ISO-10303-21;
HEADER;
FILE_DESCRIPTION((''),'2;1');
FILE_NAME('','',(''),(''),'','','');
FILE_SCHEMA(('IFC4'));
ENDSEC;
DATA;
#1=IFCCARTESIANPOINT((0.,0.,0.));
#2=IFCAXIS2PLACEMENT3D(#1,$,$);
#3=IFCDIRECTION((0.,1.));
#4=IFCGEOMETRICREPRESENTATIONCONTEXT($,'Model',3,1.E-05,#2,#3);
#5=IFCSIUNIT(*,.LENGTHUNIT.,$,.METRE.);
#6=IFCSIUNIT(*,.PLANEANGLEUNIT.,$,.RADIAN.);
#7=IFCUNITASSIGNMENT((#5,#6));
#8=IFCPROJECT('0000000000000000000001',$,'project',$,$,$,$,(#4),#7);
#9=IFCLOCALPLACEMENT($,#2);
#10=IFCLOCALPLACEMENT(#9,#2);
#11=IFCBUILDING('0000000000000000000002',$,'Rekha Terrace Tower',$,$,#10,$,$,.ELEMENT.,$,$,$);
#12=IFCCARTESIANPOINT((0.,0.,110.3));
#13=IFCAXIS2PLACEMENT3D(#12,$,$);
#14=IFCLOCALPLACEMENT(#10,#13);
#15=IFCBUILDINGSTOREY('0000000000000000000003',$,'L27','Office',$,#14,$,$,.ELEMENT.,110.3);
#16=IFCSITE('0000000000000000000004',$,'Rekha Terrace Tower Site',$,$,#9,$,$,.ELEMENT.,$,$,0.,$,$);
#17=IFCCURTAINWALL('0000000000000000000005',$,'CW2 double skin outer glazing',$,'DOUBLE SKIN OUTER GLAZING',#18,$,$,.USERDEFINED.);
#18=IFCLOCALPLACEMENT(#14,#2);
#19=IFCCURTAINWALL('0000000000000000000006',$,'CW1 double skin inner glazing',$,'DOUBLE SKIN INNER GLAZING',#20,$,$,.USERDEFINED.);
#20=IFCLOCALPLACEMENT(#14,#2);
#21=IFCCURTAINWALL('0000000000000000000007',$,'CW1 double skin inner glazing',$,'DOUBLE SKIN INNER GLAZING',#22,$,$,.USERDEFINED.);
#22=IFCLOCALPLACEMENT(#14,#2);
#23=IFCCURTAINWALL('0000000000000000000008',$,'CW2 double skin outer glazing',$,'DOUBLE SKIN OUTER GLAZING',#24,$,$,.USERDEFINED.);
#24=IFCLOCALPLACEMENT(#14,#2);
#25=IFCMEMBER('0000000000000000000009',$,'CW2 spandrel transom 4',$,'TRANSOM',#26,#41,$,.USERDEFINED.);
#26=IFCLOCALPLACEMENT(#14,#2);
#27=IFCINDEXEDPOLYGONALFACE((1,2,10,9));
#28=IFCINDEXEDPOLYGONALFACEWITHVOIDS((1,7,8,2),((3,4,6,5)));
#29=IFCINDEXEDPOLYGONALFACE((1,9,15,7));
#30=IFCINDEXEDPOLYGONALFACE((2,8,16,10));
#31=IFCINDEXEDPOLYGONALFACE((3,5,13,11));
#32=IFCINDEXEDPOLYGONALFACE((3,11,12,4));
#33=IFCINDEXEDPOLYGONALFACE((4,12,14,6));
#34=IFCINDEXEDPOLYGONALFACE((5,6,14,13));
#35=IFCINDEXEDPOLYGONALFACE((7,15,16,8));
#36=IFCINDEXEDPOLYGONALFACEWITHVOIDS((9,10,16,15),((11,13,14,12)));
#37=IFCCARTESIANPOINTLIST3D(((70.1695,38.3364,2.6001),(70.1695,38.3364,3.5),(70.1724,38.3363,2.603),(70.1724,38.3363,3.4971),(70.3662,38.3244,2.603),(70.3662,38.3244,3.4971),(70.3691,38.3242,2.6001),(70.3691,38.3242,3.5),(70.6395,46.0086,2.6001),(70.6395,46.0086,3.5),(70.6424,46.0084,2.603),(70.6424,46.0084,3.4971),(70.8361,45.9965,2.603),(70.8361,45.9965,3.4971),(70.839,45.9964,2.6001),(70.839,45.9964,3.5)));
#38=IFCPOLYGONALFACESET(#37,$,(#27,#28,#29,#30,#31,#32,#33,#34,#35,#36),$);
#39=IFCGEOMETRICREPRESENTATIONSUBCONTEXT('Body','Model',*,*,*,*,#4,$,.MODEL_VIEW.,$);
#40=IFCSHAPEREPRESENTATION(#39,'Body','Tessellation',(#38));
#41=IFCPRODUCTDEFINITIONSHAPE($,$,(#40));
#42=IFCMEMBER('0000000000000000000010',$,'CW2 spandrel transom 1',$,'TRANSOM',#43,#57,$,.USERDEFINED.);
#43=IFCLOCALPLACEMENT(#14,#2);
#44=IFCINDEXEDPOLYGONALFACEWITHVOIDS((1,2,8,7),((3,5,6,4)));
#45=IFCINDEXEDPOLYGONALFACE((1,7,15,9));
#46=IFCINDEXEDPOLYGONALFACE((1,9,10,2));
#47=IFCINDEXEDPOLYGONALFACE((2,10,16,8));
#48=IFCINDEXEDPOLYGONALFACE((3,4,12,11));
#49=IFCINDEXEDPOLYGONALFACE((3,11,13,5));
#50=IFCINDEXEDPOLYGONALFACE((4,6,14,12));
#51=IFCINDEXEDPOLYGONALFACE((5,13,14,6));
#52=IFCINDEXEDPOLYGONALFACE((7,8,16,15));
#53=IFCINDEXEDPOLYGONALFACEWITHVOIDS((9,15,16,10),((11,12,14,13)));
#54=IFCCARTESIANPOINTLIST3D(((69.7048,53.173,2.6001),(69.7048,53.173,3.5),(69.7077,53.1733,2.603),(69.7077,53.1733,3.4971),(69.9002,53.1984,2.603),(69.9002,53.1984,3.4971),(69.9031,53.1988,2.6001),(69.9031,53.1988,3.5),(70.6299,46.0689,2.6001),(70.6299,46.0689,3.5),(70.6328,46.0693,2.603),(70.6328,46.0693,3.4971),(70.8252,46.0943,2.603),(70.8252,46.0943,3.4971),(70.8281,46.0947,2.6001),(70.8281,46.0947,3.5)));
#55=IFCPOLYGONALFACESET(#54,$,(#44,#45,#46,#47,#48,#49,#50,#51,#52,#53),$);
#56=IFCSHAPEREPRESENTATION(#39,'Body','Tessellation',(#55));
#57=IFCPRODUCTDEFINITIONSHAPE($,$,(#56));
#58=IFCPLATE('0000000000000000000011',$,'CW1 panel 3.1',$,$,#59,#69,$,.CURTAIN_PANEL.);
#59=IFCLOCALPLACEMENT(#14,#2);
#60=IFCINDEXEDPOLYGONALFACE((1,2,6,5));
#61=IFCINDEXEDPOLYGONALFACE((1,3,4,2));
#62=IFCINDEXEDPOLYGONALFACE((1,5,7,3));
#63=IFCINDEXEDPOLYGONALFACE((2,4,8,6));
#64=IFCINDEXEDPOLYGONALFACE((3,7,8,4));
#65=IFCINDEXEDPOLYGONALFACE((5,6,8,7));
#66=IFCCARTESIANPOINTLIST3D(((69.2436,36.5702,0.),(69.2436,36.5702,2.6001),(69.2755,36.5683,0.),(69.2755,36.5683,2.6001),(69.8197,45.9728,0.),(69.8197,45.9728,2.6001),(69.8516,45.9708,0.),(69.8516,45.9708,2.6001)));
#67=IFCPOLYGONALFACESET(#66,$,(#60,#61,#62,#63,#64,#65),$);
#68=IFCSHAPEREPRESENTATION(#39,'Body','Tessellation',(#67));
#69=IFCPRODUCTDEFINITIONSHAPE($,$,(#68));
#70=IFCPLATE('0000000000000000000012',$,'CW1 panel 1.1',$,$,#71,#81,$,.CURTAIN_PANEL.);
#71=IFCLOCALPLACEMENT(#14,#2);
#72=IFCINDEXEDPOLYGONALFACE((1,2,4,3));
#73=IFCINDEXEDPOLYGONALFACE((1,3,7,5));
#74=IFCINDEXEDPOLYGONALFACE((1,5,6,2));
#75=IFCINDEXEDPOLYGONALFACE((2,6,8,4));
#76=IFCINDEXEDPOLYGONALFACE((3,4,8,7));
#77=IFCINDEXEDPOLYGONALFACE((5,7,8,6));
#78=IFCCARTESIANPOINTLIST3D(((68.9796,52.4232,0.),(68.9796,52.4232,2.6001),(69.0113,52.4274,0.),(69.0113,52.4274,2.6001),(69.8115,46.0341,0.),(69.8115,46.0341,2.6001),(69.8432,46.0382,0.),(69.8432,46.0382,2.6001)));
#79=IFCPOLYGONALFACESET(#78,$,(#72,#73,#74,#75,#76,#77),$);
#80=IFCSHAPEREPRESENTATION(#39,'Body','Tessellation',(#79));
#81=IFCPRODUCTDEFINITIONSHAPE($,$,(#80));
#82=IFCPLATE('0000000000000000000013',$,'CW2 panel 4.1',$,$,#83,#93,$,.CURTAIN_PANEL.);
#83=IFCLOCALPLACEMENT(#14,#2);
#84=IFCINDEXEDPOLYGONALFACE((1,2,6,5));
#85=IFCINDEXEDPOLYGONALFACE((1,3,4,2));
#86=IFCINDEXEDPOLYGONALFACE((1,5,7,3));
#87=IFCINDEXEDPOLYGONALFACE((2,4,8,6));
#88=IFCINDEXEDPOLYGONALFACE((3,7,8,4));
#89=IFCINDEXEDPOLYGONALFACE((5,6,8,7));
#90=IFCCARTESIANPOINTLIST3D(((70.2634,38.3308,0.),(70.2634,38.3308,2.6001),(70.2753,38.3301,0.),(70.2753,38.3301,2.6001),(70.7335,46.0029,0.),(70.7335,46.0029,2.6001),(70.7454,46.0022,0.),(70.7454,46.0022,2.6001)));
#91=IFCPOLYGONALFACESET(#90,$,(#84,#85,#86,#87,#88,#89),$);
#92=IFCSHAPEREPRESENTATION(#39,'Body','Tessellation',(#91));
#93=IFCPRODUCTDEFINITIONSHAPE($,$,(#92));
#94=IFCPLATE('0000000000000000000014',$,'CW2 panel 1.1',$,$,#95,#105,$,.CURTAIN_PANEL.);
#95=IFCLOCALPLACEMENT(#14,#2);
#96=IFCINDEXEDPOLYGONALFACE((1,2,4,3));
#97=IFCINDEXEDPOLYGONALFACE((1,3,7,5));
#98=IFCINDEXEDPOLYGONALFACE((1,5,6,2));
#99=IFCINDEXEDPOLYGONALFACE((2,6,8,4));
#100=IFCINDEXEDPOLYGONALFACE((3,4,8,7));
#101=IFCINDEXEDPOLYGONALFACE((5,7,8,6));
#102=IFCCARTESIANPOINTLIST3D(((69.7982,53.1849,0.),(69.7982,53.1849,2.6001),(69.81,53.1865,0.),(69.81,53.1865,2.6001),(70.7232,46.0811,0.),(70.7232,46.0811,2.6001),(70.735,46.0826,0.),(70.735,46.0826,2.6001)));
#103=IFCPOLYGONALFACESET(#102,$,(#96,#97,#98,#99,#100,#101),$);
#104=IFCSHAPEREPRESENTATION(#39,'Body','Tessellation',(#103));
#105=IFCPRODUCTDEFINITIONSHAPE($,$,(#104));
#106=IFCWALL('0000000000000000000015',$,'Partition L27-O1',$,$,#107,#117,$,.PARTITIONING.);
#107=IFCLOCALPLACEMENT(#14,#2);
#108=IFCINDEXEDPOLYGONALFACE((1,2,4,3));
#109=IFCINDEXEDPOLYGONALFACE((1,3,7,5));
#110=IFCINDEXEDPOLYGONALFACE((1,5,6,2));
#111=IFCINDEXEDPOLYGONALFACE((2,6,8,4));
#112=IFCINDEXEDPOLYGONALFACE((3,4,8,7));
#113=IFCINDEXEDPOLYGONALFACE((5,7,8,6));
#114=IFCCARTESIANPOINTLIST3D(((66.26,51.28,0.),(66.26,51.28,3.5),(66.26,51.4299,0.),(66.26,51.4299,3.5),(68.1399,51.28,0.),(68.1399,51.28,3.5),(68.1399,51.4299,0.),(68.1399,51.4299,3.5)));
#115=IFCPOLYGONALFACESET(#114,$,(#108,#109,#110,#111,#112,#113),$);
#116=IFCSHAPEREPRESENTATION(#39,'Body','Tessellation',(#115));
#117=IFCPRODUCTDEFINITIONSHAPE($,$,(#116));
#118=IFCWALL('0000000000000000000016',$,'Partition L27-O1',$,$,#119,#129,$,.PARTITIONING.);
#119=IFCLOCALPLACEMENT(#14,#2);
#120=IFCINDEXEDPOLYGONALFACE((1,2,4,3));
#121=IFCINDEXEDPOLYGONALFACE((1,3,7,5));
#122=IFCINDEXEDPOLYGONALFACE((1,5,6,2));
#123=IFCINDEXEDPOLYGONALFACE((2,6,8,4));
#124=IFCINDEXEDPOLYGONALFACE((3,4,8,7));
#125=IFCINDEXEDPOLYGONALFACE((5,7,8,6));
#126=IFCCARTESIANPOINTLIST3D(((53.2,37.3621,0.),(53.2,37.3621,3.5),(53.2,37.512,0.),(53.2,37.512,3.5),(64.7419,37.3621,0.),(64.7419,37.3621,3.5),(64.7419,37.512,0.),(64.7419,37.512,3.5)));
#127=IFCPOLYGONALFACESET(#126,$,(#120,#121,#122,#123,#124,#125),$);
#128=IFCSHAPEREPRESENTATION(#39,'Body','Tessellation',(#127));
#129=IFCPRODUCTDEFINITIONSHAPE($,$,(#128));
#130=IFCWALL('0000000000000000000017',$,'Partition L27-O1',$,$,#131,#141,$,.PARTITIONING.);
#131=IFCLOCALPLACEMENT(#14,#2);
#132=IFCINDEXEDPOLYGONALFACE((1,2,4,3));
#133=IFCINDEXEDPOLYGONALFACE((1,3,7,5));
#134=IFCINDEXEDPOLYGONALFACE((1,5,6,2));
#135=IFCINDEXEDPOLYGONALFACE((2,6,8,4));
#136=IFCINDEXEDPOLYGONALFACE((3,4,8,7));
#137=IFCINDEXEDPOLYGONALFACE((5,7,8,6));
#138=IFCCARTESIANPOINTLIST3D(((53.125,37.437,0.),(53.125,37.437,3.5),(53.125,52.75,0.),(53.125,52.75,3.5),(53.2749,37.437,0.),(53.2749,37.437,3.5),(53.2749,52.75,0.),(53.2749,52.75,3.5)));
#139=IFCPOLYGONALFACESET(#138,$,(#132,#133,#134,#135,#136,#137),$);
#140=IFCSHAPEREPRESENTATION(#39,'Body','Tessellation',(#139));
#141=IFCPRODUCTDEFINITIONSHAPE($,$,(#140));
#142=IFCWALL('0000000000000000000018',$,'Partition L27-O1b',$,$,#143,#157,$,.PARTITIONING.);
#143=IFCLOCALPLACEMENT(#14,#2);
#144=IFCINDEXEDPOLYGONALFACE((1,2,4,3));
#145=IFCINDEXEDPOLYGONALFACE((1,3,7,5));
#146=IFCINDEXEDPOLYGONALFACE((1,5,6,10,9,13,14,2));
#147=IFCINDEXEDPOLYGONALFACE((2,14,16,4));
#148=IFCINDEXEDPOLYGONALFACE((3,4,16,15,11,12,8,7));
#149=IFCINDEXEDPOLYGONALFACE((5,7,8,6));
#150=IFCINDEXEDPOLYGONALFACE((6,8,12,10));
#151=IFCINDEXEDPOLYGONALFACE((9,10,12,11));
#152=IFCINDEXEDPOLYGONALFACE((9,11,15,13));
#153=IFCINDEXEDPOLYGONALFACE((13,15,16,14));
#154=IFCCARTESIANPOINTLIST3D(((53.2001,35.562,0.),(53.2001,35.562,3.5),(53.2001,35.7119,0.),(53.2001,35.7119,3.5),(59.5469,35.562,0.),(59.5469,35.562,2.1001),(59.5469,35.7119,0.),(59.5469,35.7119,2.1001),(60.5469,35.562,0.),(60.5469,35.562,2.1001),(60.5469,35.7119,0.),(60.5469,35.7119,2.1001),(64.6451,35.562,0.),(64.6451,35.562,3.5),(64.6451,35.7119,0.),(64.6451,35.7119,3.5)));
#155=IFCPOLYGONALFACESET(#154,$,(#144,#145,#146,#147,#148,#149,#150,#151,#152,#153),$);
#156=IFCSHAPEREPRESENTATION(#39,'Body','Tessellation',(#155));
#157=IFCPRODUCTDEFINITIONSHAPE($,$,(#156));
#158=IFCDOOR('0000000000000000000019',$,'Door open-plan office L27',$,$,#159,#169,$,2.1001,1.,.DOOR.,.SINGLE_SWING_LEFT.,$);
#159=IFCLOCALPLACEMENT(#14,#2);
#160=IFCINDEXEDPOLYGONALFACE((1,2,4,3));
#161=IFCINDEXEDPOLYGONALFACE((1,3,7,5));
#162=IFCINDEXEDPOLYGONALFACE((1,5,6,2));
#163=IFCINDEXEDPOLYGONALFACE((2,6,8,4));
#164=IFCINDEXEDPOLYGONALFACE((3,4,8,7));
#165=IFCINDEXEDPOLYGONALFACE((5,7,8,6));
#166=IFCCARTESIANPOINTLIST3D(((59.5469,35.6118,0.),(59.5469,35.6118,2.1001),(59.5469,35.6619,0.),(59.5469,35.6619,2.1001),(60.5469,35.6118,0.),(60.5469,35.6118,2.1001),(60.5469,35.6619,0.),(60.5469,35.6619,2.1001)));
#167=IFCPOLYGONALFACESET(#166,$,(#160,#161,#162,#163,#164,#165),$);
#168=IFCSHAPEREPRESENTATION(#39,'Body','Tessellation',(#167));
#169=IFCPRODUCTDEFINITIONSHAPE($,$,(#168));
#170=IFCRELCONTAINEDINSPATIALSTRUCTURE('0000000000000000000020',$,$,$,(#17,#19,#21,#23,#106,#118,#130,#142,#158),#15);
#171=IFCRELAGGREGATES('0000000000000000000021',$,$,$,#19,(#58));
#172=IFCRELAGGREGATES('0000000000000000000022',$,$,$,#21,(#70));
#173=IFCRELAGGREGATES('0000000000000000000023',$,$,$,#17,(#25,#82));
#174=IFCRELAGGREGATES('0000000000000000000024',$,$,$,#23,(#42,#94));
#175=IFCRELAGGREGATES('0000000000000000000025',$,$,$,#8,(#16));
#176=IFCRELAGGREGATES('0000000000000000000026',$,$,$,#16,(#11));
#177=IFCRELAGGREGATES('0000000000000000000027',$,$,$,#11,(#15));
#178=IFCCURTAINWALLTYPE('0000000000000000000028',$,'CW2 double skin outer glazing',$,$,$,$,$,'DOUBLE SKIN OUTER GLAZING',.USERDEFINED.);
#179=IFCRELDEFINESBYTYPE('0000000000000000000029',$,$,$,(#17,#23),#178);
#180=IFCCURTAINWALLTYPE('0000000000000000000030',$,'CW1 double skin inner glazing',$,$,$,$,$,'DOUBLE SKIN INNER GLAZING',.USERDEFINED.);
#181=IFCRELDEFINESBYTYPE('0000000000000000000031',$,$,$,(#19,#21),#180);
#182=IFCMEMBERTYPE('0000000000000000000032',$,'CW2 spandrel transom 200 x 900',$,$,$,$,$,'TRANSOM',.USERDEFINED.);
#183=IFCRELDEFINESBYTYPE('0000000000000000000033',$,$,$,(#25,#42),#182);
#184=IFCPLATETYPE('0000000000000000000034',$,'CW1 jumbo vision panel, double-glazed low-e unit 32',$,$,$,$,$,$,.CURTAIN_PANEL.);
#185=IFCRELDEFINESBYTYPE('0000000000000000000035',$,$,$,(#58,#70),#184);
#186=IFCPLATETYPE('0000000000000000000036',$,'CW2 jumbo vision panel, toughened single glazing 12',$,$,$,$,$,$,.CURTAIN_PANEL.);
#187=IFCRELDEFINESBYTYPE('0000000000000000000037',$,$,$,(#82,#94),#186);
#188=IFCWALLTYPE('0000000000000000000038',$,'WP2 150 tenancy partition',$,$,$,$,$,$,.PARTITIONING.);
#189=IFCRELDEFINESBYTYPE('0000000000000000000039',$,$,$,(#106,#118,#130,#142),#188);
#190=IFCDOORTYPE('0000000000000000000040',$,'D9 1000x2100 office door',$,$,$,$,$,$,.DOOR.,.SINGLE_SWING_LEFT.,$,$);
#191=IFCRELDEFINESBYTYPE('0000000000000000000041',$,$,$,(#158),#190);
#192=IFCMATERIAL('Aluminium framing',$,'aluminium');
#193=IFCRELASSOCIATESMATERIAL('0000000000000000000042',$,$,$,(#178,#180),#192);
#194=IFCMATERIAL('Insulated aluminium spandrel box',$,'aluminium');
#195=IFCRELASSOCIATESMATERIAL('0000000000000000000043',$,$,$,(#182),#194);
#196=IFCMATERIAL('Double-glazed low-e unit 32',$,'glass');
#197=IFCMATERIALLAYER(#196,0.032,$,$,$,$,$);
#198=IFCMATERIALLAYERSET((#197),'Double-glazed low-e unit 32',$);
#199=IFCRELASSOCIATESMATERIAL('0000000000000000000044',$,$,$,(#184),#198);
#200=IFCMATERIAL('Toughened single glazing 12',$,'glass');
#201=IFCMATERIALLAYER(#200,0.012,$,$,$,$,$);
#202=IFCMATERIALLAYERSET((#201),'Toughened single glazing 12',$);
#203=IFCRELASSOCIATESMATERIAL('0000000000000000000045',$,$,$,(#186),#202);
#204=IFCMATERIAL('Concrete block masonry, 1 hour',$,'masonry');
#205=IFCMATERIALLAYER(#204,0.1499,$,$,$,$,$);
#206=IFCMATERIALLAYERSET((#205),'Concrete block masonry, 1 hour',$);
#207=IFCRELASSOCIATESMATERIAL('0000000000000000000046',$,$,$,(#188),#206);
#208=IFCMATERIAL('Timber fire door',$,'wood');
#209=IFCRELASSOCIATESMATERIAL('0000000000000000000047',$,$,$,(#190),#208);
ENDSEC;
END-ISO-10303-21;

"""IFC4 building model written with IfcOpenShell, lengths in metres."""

from ifc_helpers import new_model, si_unit, direction, frame, frame_2d, origin, origin_2d, place, context, subcontext, project, spatial, rectangle, hollow_rectangle, extrude, material, layer, layer_set, material_profile, profile_set, type_object, element, fill, aggregate, save


model = new_model("IFC4")

# Units and contexts
model_context = context("Model", 3, precision=1e-05, world=origin(), true_north=direction((0.0, 1.0)))
body_context = subcontext(model_context, "Body", "Model", "MODEL_VIEW")
ifc_project = project(units=[si_unit("LENGTHUNIT", "METRE"), si_unit("PLANEANGLEUNIT", "RADIAN")], contexts=[model_context])

# Site, building, storey
site_placement = place(None, origin())
site = spatial("IfcSite", under=ifc_project, at=site_placement, Name="Rekha Terrace Tower Site", CompositionType="ELEMENT", RefElevation=0.0)
building_placement = place(site_placement, origin())
building = spatial("IfcBuilding", under=site, at=building_placement, Name="Rekha Terrace Tower", CompositionType="ELEMENT")
storey_placement = place(building_placement, frame((0.0, 0.0, 110.3)))
storey = spatial("IfcBuildingStorey", under=building, at=storey_placement, Name="L27", Description="Office", CompositionType="ELEMENT", Elevation=110.3)

# Curtain walls
ifc_material_1 = material(Name="Aluminium framing", Category="aluminium")
curtain_wall_type_1 = type_object("IfcCurtainWallType", Name="CW2 double skin outer glazing", ElementType="DOUBLE SKIN OUTER GLAZING", PredefinedType="USERDEFINED", material=ifc_material_1)
curtain_wall_1_placement = place(storey_placement, origin())
curtain_wall_1 = element("IfcCurtainWall", 1, at=curtain_wall_1_placement, inside=storey, type_object=curtain_wall_type_1, Name="CW2 double skin outer glazing", ObjectType="DOUBLE SKIN OUTER GLAZING", PredefinedType="USERDEFINED")
curtain_wall_type_2 = type_object("IfcCurtainWallType", Name="CW1 double skin inner glazing", ElementType="DOUBLE SKIN INNER GLAZING", PredefinedType="USERDEFINED", material=ifc_material_1)
curtain_wall_2_placement = place(storey_placement, origin())
curtain_wall_2 = element("IfcCurtainWall", 2, at=curtain_wall_2_placement, inside=storey, type_object=curtain_wall_type_2, Name="CW1 double skin inner glazing", ObjectType="DOUBLE SKIN INNER GLAZING", PredefinedType="USERDEFINED")
curtain_wall_3_placement = place(storey_placement, origin())
curtain_wall_3 = element("IfcCurtainWall", 3, at=curtain_wall_3_placement, inside=storey, type_object=curtain_wall_type_2, Name="CW1 double skin inner glazing", ObjectType="DOUBLE SKIN INNER GLAZING", PredefinedType="USERDEFINED")

# Shared definitions
ifc_material_2 = material(Name="Insulated aluminium spandrel box", Category="aluminium")

# Curtain wall
curtain_wall_4_placement = place(storey_placement, origin())
curtain_wall_4 = element("IfcCurtainWall", 4, at=curtain_wall_4_placement, inside=storey, type_object=curtain_wall_type_1, Name="CW2 double skin outer glazing", ObjectType="DOUBLE SKIN OUTER GLAZING", PredefinedType="USERDEFINED")

# Members
ifc_material_profile_1 = material_profile(ifc_material_2, hollow_rectangle(XDim=0.2, YDim=0.8999, WallThickness=0.0029, at=origin_2d()), Name="AL SPANDREL BOX 200x900")
ifc_profile_set_1 = profile_set([ifc_material_profile_1], Name="Insulated aluminium spandrel box")
member_type_1 = type_object("IfcMemberType", Name="CW2 spandrel transom 200 x 900", ElementType="TRANSOM", PredefinedType="USERDEFINED", material=ifc_profile_set_1)
member_1_placement = place(storey_placement, frame((70.2693, 38.3303, 3.05), z_axis=(0.061142, 0.998129, 0.0), x_axis=(-0.998129, 0.061142, 0.0)))
member_1 = element("IfcMember", 5, at=member_1_placement, type_object=member_type_1, Name="CW2 spandrel transom 4", ObjectType="TRANSOM", PredefinedType="USERDEFINED", context=body_context, shape_type="SweptSolid", body=[
    extrude(hollow_rectangle(XDim=0.2, YDim=0.8999, WallThickness=0.0029, at=origin_2d()), origin(), (0.0, 0.0, 1.0), 7.6865),
])
member_2_placement = place(storey_placement, frame((70.729, 46.0818, 3.05), z_axis=(-0.129125, 0.991628, 0.0), x_axis=(-0.991628, -0.129125, 0.0)))
member_2 = element("IfcMember", 6, at=member_2_placement, type_object=member_type_1, Name="CW2 spandrel transom 1", ObjectType="TRANSOM", PredefinedType="USERDEFINED", context=body_context, shape_type="SweptSolid", body=[
    extrude(hollow_rectangle(XDim=0.2, YDim=0.8999, WallThickness=0.0029, at=origin_2d()), origin(), (0.0, 0.0, 1.0), 7.1641),
])

# Plates
ifc_material_3 = material(Name="Double-glazed low-e unit 32", Category="glass")
ifc_layer_1 = layer(ifc_material_3, 0.032)
ifc_layer_set_1 = layer_set([ifc_layer_1], Name="Double-glazed low-e unit 32")
plate_type_1 = type_object("IfcPlateType", Name="CW1 jumbo vision panel, double-glazed low-e unit 32", PredefinedType="CURTAIN_PANEL", material=ifc_layer_set_1)
plate_1_placement = place(storey_placement, frame((69.5476, 41.2705, 0.0), z_axis=(0.0, 0.0, 1.0), x_axis=(0.06116, 0.998128, 0.0)))
plate_1 = element("IfcPlate", 7, at=plate_1_placement, type_object=plate_type_1, Name="CW1 panel 3.1", PredefinedType="CURTAIN_PANEL", context=body_context, shape_type="SweptSolid", body=[
    extrude(rectangle(XDim=9.4202, YDim=0.032, at=origin_2d()), origin(), (0.0, 0.0, 1.0), 2.6001),
])
aggregate(curtain_wall_2, [plate_1])
plate_2_placement = place(storey_placement, frame((69.4114, 49.2307, 0.0), z_axis=(0.0, 0.0, 1.0), x_axis=(-0.129118, 0.991629, 0.0)))
plate_2 = element("IfcPlate", 8, at=plate_2_placement, type_object=plate_type_1, Name="CW1 panel 1.1", PredefinedType="CURTAIN_PANEL", context=body_context, shape_type="SweptSolid", body=[
    extrude(rectangle(XDim=6.4431, YDim=0.032, at=origin_2d()), origin(), (0.0, 0.0, 1.0), 2.6001),
])
aggregate(curtain_wall_3, [plate_2])
ifc_material_4 = material(Name="Toughened single glazing 12", Category="glass")
ifc_layer_2 = layer(ifc_material_4, 0.012)
ifc_layer_set_2 = layer_set([ifc_layer_2], Name="Toughened single glazing 12")
plate_type_2 = type_object("IfcPlateType", Name="CW2 jumbo vision panel, toughened single glazing 12", PredefinedType="CURTAIN_PANEL", material=ifc_layer_set_2)
plate_3_placement = place(storey_placement, frame((70.5044, 42.1665, 0.0), z_axis=(0.0, 0.0, 1.0), x_axis=(0.06116, 0.998128, 0.0)))
plate_3 = element("IfcPlate", 9, at=plate_3_placement, type_object=plate_type_2, Name="CW2 panel 4.1", PredefinedType="CURTAIN_PANEL", context=body_context, shape_type="SweptSolid", body=[
    extrude(rectangle(XDim=7.6865, YDim=0.012, at=origin_2d()), origin(), (0.0, 0.0, 1.0), 2.6001),
])
aggregate(curtain_wall_1, [member_1, plate_3])
plate_4_placement = place(storey_placement, frame((70.2666, 49.6338, 0.0), z_axis=(0.0, 0.0, 1.0), x_axis=(-0.129118, 0.991629, 0.0)))
plate_4 = element("IfcPlate", 10, at=plate_4_placement, type_object=plate_type_2, Name="CW2 panel 1.1", PredefinedType="CURTAIN_PANEL", context=body_context, shape_type="SweptSolid", body=[
    extrude(rectangle(XDim=7.1638, YDim=0.012, at=origin_2d()), origin(), (0.0, 0.0, 1.0), 2.6001),
])
aggregate(curtain_wall_4, [member_2, plate_4])

# Walls
ifc_material_5 = material(Name="Concrete block masonry, 1 hour", Category="masonry")
ifc_layer_3 = layer(ifc_material_5, 0.1499)
ifc_layer_set_3 = layer_set([ifc_layer_3], Name="Concrete block masonry, 1 hour")
wall_type_1 = type_object("IfcWallType", Name="WP2 150 tenancy partition", PredefinedType="PARTITIONING", material=ifc_layer_set_3)
wall_1_placement = place(storey_placement, frame((66.26, 51.355, 0.0), z_axis=(0.0, 0.0, 1.0), x_axis=(1.0, 0.0, 0.0)))
element("IfcWall", 11, at=wall_1_placement, inside=storey, type_object=wall_type_1, Name="Partition L27-O1", PredefinedType="PARTITIONING", context=body_context, shape_type="SweptSolid", body=[
    extrude(rectangle(XDim=1.8799, YDim=0.1499, at=frame_2d((0.9399, 0.0))), origin(), (0.0, 0.0, 1.0), 3.5),
])
wall_2_placement = place(storey_placement, frame((64.7419, 37.437, 0.0), z_axis=(0.0, 0.0, 1.0), x_axis=(-1.0, 0.0, 0.0)))
element("IfcWall", 12, at=wall_2_placement, inside=storey, type_object=wall_type_1, Name="Partition L27-O1", PredefinedType="PARTITIONING", context=body_context, shape_type="SweptSolid", body=[
    extrude(rectangle(XDim=11.542, YDim=0.1499, at=frame_2d((5.771, 0.0))), origin(), (0.0, 0.0, 1.0), 3.5),
])
wall_3_placement = place(storey_placement, frame((53.2, 37.437, 0.0), z_axis=(0.0, 0.0, 1.0), x_axis=(0.0, 1.0, 0.0)))
element("IfcWall", 13, at=wall_3_placement, inside=storey, type_object=wall_type_1, Name="Partition L27-O1", PredefinedType="PARTITIONING", context=body_context, shape_type="SweptSolid", body=[
    extrude(rectangle(XDim=15.313, YDim=0.1499, at=frame_2d((7.6565, 0.0))), origin(), (0.0, 0.0, 1.0), 3.5),
])

# Wall, opening, door
wall_4_placement = place(storey_placement, frame((53.2, 35.637, 0.0), z_axis=(0.0, 0.0, 1.0), x_axis=(1.0, 0.0, 0.0)))
wall_4 = element("IfcWall", 14, at=wall_4_placement, inside=storey, type_object=wall_type_1, Name="Partition L27-O1b", PredefinedType="PARTITIONING", context=body_context, shape_type="SweptSolid", body=[
    extrude(rectangle(XDim=11.4451, YDim=0.1499, at=frame_2d((5.7227, 0.0))), origin(), (0.0, 0.0, 1.0), 3.5),
])
opening_1_placement = place(wall_4_placement, frame((6.3469, 0.0, 0.0)))
opening_1 = element("IfcOpeningElement", 15, at=opening_1_placement, cuts=wall_4, PredefinedType="OPENING", context=body_context, shape_type="SweptSolid", body=[
    extrude(rectangle(XDim=1.0, YDim=2.1001, at=frame_2d((0.5, 1.05))), frame((0.0, 0.085, 0.0), z_axis=(0.0, -1.0, 0.0), x_axis=(1.0, 0.0, 0.0)), (0.0, 0.0, 1.0), 0.1699),
])
ifc_material_6 = material(Name="Timber fire door", Category="wood")
door_type = type_object("IfcDoorType", Name="D9 1000x2100 office door", OperationType="SINGLE_SWING_LEFT", PredefinedType="DOOR", material=ifc_material_6)
door_1_placement = place(opening_1_placement, origin())
door_1 = element("IfcDoor", 16, at=door_1_placement, inside=storey, type_object=door_type, Name="Door open-plan office L27", OperationType="SINGLE_SWING_LEFT", OverallHeight=2.1001, OverallWidth=1.0, PredefinedType="DOOR", context=body_context, shape_type="SweptSolid", body=[
    extrude(rectangle(XDim=1.0, YDim=2.1001, at=frame_2d((0.5, 1.05))), frame((0.0, 0.0249, 0.0), z_axis=(0.0, -1.0, 0.0), x_axis=(1.0, 0.0, 0.0)), (0.0, 0.0, 1.0), 0.05),
])
fill(opening_1, door_1)

save(model, "model.ifc")
